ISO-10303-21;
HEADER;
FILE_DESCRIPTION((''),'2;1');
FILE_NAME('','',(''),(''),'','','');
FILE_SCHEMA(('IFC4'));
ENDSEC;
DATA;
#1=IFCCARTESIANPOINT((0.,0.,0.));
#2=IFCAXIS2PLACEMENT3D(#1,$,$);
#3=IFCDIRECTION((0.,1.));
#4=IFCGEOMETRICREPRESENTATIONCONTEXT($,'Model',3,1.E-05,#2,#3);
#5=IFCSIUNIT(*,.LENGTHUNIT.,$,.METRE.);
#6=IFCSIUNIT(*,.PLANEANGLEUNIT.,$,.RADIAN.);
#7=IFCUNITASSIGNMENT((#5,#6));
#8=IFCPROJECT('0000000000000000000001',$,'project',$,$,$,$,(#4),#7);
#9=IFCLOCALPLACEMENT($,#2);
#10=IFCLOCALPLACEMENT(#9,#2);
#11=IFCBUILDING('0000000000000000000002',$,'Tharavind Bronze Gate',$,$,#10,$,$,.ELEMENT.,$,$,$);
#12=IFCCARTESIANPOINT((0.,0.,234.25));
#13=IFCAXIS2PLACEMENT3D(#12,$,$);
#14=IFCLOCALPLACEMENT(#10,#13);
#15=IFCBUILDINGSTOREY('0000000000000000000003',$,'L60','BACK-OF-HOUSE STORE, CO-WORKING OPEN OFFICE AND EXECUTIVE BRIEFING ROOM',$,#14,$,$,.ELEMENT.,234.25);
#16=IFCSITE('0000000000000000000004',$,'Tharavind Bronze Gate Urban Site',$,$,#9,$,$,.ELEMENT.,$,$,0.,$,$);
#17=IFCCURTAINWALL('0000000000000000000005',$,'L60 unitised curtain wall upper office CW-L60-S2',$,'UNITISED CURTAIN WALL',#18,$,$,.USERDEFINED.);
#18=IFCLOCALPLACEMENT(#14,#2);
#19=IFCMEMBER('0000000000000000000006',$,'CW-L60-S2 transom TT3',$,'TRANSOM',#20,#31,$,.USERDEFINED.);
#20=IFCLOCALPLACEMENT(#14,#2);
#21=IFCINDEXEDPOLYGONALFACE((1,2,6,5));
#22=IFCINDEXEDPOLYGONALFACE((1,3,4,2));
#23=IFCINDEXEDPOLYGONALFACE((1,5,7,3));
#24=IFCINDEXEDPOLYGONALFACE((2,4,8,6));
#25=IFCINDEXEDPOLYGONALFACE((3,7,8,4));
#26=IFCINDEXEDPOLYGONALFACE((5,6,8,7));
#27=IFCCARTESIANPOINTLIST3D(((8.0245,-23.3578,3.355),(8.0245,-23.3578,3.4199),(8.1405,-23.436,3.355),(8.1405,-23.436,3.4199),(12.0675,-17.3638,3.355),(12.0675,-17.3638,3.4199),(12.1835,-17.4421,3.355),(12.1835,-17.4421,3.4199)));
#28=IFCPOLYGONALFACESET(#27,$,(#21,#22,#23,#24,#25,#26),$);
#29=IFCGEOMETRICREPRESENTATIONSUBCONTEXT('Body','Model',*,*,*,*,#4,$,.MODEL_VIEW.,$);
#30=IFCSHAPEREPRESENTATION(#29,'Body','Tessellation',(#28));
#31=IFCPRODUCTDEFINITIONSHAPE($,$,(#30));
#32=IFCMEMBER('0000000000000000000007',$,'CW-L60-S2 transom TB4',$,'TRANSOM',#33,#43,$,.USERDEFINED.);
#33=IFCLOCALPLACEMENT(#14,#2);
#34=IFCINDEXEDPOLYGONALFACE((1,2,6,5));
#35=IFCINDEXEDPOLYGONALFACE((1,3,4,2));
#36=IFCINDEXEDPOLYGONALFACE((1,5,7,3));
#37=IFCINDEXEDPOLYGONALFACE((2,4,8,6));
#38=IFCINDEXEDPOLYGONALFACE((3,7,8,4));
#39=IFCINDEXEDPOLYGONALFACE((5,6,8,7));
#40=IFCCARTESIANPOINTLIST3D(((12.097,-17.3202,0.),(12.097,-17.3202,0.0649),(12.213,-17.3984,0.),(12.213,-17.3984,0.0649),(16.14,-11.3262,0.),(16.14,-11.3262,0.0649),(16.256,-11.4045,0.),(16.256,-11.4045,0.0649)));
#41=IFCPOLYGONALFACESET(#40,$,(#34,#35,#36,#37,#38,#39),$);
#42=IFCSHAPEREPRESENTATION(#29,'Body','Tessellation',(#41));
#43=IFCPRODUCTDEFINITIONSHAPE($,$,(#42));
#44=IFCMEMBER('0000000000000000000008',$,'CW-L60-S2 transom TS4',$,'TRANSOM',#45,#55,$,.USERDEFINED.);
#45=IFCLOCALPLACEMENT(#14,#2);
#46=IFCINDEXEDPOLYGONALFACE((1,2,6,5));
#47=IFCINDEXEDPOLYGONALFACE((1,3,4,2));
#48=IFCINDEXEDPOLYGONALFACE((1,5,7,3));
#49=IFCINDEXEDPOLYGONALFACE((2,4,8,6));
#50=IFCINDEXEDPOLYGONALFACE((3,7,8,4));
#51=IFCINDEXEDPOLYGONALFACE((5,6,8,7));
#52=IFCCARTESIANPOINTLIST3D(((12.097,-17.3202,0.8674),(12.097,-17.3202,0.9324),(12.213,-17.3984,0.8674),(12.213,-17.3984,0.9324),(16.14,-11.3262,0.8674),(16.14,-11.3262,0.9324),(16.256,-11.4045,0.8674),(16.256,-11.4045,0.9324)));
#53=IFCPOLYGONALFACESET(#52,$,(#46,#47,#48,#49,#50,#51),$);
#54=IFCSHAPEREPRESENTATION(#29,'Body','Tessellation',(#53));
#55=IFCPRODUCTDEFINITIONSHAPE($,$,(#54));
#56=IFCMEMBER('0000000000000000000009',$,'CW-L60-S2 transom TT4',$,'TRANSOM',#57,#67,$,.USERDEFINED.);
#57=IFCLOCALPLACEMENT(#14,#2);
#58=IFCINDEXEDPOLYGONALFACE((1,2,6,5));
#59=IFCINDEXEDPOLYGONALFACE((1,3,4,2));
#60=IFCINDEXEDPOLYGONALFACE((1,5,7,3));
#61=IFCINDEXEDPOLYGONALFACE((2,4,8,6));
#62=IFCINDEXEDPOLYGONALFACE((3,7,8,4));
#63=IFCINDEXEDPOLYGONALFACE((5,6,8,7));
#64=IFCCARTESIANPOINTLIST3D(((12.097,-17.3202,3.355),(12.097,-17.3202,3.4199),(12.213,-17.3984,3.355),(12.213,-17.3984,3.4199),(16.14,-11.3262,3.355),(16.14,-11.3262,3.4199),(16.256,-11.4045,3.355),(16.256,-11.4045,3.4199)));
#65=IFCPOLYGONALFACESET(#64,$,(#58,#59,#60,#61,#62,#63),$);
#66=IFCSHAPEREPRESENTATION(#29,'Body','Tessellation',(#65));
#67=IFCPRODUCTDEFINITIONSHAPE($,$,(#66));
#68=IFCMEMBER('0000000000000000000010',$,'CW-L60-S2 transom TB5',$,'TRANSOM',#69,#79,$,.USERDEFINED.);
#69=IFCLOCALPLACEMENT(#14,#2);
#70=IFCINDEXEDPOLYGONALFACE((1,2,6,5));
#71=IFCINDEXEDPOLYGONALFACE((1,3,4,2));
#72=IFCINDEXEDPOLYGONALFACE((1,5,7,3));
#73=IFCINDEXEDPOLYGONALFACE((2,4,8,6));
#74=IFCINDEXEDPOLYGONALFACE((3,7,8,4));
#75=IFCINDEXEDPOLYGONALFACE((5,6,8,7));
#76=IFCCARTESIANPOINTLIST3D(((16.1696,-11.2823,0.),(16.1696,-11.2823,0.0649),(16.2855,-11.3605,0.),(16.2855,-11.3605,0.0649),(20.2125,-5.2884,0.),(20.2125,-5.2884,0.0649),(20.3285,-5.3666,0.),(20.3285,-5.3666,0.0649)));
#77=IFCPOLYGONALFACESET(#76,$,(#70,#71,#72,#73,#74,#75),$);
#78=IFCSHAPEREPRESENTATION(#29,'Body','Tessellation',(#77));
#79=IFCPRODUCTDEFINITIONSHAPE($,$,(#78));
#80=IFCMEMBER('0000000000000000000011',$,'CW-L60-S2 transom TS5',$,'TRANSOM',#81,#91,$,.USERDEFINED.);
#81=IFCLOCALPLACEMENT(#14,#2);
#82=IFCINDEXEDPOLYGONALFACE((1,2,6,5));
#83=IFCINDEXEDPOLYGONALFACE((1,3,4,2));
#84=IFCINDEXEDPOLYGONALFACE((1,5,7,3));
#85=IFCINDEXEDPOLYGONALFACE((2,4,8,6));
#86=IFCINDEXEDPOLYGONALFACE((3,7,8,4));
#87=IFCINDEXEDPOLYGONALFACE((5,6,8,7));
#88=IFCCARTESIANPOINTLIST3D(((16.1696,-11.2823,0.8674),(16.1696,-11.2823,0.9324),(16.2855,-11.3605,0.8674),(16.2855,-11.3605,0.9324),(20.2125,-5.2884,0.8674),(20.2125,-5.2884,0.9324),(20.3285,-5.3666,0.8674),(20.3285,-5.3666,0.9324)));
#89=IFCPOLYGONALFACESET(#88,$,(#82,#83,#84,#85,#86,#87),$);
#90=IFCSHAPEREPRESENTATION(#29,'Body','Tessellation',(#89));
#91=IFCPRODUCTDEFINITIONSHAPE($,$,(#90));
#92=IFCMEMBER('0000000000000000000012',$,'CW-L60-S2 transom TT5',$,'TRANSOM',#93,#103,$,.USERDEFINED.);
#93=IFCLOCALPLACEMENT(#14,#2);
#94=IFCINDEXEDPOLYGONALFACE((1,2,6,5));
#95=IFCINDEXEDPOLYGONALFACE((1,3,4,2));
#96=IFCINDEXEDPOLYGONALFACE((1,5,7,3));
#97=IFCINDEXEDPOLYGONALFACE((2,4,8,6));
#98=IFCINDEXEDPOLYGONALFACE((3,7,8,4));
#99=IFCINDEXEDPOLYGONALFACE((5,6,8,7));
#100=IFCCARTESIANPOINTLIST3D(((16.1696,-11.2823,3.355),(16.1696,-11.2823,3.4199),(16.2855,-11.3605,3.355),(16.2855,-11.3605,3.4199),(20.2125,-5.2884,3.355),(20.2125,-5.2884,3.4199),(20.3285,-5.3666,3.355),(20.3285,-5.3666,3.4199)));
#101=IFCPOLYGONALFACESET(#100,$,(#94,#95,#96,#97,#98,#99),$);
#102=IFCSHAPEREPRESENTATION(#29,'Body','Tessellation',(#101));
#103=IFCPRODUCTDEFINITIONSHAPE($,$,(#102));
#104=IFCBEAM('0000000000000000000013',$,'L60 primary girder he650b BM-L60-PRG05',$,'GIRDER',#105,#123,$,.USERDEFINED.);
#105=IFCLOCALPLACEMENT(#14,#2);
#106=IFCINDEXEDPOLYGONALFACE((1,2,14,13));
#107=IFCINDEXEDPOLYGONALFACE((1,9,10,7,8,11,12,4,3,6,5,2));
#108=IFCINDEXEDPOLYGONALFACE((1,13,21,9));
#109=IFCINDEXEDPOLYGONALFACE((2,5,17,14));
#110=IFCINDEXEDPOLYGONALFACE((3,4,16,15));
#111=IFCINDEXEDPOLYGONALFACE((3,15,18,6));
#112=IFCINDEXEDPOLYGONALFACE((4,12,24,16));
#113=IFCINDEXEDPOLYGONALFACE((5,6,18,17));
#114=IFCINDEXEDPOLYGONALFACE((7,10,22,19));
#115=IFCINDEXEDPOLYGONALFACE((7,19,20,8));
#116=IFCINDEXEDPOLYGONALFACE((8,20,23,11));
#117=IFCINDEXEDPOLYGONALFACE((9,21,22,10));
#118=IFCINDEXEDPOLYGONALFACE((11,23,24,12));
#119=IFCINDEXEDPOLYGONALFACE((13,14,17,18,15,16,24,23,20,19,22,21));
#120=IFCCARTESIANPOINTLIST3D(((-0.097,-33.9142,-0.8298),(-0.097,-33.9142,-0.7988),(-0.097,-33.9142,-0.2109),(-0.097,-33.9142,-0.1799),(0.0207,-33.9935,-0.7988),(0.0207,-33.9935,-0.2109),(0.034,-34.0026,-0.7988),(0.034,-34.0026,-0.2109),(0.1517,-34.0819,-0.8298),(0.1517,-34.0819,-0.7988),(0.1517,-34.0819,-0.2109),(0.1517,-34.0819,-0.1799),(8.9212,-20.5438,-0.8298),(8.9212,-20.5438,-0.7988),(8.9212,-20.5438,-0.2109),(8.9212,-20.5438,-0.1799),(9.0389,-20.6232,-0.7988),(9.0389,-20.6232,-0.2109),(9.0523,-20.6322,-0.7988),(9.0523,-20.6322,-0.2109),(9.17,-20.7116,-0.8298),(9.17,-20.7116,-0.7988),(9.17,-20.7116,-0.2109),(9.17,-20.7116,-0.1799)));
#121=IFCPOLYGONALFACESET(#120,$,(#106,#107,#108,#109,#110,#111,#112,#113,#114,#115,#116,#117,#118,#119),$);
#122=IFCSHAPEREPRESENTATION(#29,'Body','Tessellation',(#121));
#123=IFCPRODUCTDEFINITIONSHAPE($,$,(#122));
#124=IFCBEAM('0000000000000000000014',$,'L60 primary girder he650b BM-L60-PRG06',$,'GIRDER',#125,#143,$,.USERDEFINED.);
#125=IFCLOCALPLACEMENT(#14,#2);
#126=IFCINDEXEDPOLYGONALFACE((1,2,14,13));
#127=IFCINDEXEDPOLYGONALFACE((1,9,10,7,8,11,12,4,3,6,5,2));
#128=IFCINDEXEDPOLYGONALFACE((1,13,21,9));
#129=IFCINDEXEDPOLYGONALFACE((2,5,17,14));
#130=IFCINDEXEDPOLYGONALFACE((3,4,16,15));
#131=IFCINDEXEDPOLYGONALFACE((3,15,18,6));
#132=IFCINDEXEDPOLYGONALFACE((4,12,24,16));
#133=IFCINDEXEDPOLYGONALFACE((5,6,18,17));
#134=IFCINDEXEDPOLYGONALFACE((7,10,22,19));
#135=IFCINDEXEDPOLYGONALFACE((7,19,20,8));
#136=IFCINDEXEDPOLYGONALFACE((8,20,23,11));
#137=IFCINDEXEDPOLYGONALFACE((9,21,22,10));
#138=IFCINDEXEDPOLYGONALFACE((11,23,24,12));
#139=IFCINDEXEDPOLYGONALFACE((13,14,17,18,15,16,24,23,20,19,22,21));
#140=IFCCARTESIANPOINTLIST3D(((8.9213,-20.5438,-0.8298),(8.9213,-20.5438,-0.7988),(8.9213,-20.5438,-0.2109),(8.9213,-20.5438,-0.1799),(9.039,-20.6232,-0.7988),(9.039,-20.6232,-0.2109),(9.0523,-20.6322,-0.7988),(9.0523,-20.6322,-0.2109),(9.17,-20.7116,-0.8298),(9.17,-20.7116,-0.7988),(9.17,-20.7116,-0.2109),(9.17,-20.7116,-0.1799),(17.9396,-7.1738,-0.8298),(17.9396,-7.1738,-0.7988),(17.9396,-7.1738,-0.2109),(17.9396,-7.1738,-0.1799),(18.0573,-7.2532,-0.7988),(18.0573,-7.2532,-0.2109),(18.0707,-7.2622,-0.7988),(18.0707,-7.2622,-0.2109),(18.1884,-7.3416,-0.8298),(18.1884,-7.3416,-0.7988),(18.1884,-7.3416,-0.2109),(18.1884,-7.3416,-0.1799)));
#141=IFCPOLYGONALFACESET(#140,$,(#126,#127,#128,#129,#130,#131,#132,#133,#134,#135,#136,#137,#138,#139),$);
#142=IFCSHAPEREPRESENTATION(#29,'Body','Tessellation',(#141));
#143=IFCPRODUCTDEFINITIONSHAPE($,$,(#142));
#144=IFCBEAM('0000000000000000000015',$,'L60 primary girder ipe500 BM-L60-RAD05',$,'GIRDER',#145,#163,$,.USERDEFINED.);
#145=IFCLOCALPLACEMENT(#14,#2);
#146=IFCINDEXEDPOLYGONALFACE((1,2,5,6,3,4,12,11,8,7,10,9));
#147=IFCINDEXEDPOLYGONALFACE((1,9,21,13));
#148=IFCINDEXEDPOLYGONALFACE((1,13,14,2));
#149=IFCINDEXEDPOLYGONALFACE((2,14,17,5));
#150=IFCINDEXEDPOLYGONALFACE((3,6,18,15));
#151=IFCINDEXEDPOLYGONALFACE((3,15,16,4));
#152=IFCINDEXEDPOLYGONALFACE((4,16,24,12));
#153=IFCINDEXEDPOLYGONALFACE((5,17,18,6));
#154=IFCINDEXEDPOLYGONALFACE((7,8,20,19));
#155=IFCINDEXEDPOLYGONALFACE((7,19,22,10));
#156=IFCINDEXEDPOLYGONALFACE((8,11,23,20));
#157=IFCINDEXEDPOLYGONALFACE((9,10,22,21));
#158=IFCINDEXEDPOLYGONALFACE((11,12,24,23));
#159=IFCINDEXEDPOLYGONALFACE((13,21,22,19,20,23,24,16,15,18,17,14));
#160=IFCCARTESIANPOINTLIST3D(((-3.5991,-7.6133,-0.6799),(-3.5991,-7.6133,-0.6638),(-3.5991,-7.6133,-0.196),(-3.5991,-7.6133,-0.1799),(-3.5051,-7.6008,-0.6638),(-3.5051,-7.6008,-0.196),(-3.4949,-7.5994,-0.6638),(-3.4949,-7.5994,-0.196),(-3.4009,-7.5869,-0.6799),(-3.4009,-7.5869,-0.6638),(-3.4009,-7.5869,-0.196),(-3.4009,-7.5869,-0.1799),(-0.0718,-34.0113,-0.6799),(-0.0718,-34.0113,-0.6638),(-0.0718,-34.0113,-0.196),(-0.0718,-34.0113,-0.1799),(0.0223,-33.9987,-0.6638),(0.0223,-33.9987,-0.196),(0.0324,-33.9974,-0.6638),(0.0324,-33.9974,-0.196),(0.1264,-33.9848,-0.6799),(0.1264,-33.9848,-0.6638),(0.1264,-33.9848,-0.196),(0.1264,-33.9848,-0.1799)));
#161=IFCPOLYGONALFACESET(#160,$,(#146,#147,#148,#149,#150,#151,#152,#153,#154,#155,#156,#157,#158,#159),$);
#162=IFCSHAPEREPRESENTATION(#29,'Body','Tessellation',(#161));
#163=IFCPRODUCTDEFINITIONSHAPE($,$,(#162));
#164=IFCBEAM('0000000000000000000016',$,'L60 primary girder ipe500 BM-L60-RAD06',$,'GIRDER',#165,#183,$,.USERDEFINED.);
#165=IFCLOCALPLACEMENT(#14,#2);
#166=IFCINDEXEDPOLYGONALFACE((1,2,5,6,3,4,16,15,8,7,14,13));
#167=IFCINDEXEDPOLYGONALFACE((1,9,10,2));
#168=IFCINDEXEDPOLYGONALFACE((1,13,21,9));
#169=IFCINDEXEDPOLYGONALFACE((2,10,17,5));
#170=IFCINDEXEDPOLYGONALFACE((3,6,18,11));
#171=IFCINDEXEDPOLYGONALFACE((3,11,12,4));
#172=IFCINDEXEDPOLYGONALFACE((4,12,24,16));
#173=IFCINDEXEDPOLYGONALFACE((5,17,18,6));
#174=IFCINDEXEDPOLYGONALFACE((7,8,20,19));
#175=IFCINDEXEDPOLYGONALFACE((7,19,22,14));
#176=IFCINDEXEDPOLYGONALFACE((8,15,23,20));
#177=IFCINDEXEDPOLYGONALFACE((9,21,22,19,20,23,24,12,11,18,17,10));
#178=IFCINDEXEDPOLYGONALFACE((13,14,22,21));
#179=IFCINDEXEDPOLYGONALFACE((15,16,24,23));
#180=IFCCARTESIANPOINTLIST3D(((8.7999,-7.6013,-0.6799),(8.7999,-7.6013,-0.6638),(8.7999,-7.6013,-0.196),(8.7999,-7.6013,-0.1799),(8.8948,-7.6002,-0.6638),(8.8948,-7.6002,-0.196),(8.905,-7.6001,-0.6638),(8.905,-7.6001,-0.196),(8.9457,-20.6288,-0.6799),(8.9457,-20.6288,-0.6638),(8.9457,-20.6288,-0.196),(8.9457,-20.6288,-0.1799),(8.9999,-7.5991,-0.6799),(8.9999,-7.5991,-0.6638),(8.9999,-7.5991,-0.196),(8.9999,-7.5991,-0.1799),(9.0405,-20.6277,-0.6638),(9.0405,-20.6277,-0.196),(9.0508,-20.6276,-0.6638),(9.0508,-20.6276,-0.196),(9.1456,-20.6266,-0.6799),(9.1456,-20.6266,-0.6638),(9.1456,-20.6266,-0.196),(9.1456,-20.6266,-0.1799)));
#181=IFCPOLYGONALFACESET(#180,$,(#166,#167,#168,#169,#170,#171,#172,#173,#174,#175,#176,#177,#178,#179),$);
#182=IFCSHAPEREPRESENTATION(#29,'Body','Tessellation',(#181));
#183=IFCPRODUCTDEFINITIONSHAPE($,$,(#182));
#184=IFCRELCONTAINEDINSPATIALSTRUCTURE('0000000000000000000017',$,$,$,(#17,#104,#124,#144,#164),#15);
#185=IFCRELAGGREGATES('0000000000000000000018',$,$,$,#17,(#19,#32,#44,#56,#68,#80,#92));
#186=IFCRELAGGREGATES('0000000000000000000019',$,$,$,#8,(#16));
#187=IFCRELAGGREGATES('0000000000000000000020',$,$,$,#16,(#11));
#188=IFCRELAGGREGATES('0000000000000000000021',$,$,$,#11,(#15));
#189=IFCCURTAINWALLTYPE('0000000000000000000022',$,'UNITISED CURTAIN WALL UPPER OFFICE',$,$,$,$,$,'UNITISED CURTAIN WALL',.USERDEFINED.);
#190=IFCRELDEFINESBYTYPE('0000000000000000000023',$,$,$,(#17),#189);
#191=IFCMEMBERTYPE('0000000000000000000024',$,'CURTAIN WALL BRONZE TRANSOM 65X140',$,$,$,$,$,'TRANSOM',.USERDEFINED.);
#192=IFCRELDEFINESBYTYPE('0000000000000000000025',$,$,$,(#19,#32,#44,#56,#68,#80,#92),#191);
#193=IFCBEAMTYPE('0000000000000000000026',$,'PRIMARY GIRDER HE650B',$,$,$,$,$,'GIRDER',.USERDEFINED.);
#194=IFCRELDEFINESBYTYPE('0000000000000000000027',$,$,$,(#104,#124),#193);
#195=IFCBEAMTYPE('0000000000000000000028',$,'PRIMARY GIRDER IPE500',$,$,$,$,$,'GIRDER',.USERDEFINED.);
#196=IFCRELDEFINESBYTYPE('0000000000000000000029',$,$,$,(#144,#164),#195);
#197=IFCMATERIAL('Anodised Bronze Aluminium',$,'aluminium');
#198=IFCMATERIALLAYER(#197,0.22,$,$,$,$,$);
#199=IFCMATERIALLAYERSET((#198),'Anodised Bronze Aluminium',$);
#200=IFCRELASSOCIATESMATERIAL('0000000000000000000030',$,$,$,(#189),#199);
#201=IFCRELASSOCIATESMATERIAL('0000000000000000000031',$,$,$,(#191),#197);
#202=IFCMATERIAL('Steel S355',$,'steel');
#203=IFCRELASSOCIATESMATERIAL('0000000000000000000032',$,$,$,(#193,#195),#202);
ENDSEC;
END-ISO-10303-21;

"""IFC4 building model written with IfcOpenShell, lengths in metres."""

from ifc_helpers import new_model, si_unit, direction, frame, origin, origin_2d, place, context, subcontext, project, spatial, rectangle, i_section, extrude, material, layer, layer_set, material_profile, profile_set, type_object, element, aggregate, save


model = new_model("IFC4")

# Units and contexts
model_context = context("Model", 3, precision=1e-05, world=origin(), true_north=direction((0.0, 1.0)))
body_context = subcontext(model_context, "Body", "Model", "MODEL_VIEW")
ifc_project = project(units=[si_unit("LENGTHUNIT", "METRE"), si_unit("PLANEANGLEUNIT", "RADIAN")], contexts=[model_context])

# Site, building, storey
site_placement = place(None, origin())
site = spatial("IfcSite", under=ifc_project, at=site_placement, Name="Tharavind Bronze Gate Urban Site", CompositionType="ELEMENT", RefElevation=0.0)
building_placement = place(site_placement, origin())
building = spatial("IfcBuilding", under=site, at=building_placement, Name="Tharavind Bronze Gate", CompositionType="ELEMENT")
storey_placement = place(building_placement, frame((0.0, 0.0, 234.25)))
storey = spatial("IfcBuildingStorey", under=building, at=storey_placement, Name="L60", Description="BACK-OF-HOUSE STORE, CO-WORKING OPEN OFFICE AND EXECUTIVE BRIEFING ROOM", CompositionType="ELEMENT", Elevation=234.25)

# Curtain wall, members
ifc_material_1 = material(Name="Anodised Bronze Aluminium", Category="aluminium")
ifc_layer_1 = layer(ifc_material_1, 0.22)
ifc_layer_set_1 = layer_set([ifc_layer_1], Name="Anodised Bronze Aluminium")
curtain_wall_type = type_object("IfcCurtainWallType", Name="UNITISED CURTAIN WALL UPPER OFFICE", ElementType="UNITISED CURTAIN WALL", PredefinedType="USERDEFINED", material=ifc_layer_set_1)
curtain_wall_placement = place(storey_placement, origin())
curtain_wall = element("IfcCurtainWall", 1, at=curtain_wall_placement, inside=storey, type_object=curtain_wall_type, Name="L60 unitised curtain wall upper office CW-L60-S2", ObjectType="UNITISED CURTAIN WALL", PredefinedType="USERDEFINED")
member_type_1 = type_object("IfcMemberType", Name="CURTAIN WALL BRONZE TRANSOM 65X140", ElementType="TRANSOM", PredefinedType="USERDEFINED", material=ifc_material_1)
member_1_placement = place(storey_placement, frame((10.104, -20.3999, 3.355), z_axis=(0.0, 0.0, 1.0), x_axis=(0.559193, 0.829038, 0.0)))
member_1 = element("IfcMember", 2, at=member_1_placement, type_object=member_type_1, Name="CW-L60-S2 transom TT3", ObjectType="TRANSOM", PredefinedType="USERDEFINED", context=body_context, shape_type="SweptSolid", body=[
    extrude(rectangle(XDim=7.23, YDim=0.1399, at=origin_2d()), origin(), (0.0, 0.0, 1.0), 0.0649),
])
member_2_placement = place(storey_placement, frame((14.1765, -14.3623, 0.0), z_axis=(0.0, 0.0, 1.0), x_axis=(0.559193, 0.829038, 0.0)))
member_2 = element("IfcMember", 3, at=member_2_placement, type_object=member_type_1, Name="CW-L60-S2 transom TB4", ObjectType="TRANSOM", PredefinedType="USERDEFINED", context=body_context, shape_type="SweptSolid", body=[
    extrude(rectangle(XDim=7.23, YDim=0.1399, at=origin_2d()), origin(), (0.0, 0.0, 1.0), 0.0649),
])
member_3_placement = place(storey_placement, frame((14.1765, -14.3623, 0.8674), z_axis=(0.0, 0.0, 1.0), x_axis=(0.559193, 0.829038, 0.0)))
member_3 = element("IfcMember", 4, at=member_3_placement, type_object=member_type_1, Name="CW-L60-S2 transom TS4", ObjectType="TRANSOM", PredefinedType="USERDEFINED", context=body_context, shape_type="SweptSolid", body=[
    extrude(rectangle(XDim=7.23, YDim=0.1399, at=origin_2d()), origin(), (0.0, 0.0, 1.0), 0.0649),
])
member_4_placement = place(storey_placement, frame((14.1765, -14.3623, 3.355), z_axis=(0.0, 0.0, 1.0), x_axis=(0.559193, 0.829038, 0.0)))
member_4 = element("IfcMember", 5, at=member_4_placement, type_object=member_type_1, Name="CW-L60-S2 transom TT4", ObjectType="TRANSOM", PredefinedType="USERDEFINED", context=body_context, shape_type="SweptSolid", body=[
    extrude(rectangle(XDim=7.23, YDim=0.1399, at=origin_2d()), origin(), (0.0, 0.0, 1.0), 0.0649),
])
member_5_placement = place(storey_placement, frame((18.249, -8.3245, 0.0), z_axis=(0.0, 0.0, 1.0), x_axis=(0.559193, 0.829038, 0.0)))
member_5 = element("IfcMember", 6, at=member_5_placement, type_object=member_type_1, Name="CW-L60-S2 transom TB5", ObjectType="TRANSOM", PredefinedType="USERDEFINED", context=body_context, shape_type="SweptSolid", body=[
    extrude(rectangle(XDim=7.23, YDim=0.1399, at=origin_2d()), origin(), (0.0, 0.0, 1.0), 0.0649),
])
member_6_placement = place(storey_placement, frame((18.249, -8.3245, 0.8674), z_axis=(0.0, 0.0, 1.0), x_axis=(0.559193, 0.829038, 0.0)))
member_6 = element("IfcMember", 7, at=member_6_placement, type_object=member_type_1, Name="CW-L60-S2 transom TS5", ObjectType="TRANSOM", PredefinedType="USERDEFINED", context=body_context, shape_type="SweptSolid", body=[
    extrude(rectangle(XDim=7.23, YDim=0.1399, at=origin_2d()), origin(), (0.0, 0.0, 1.0), 0.0649),
])
member_7_placement = place(storey_placement, frame((18.249, -8.3245, 3.355), z_axis=(0.0, 0.0, 1.0), x_axis=(0.559193, 0.829038, 0.0)))
member_7 = element("IfcMember", 8, at=member_7_placement, type_object=member_type_1, Name="CW-L60-S2 transom TT5", ObjectType="TRANSOM", PredefinedType="USERDEFINED", context=body_context, shape_type="SweptSolid", body=[
    extrude(rectangle(XDim=7.23, YDim=0.1399, at=origin_2d()), origin(), (0.0, 0.0, 1.0), 0.0649),
])

# Beams
ifc_material_2 = material(Name="Steel S355", Category="steel")
ifc_material_profile_1 = material_profile(ifc_material_2, i_section(OverallWidth=0.3, OverallDepth=0.6499, WebThickness=0.0161, FlangeThickness=0.031, at=origin_2d()), Name="HE650B")
ifc_profile_set_1 = profile_set([ifc_material_profile_1], Name="Steel S355")
beam_type_1 = type_object("IfcBeamType", Name="PRIMARY GIRDER HE650B", ElementType="GIRDER", PredefinedType="USERDEFINED", material=ifc_profile_set_1)
beam_1_placement = place(storey_placement, frame((0.0273, -33.998, -0.5049), z_axis=(0.559188, 0.829041, 0.0), x_axis=(-0.829041, 0.559188, 0.0)))
element("IfcBeam", 9, at=beam_1_placement, inside=storey, type_object=beam_type_1, Name="L60 primary girder he650b BM-L60-PRG05", ObjectType="GIRDER", PredefinedType="USERDEFINED", context=body_context, shape_type="SweptSolid", body=[
    extrude(i_section(OverallWidth=0.3, OverallDepth=0.6499, WebThickness=0.0161, FlangeThickness=0.031, at=origin_2d()), origin(), (0.0, 0.0, 1.0), 16.1274),
])
beam_2_placement = place(storey_placement, frame((9.0457, -20.6277, -0.5049), z_axis=(0.559202, 0.829031, 0.0), x_axis=(-0.829031, 0.559202, 0.0)))
element("IfcBeam", 10, at=beam_2_placement, inside=storey, type_object=beam_type_1, Name="L60 primary girder he650b BM-L60-PRG06", ObjectType="GIRDER", PredefinedType="USERDEFINED", context=body_context, shape_type="SweptSolid", body=[
    extrude(i_section(OverallWidth=0.3, OverallDepth=0.6499, WebThickness=0.0161, FlangeThickness=0.031, at=origin_2d()), origin(), (0.0, 0.0, 1.0), 16.1272),
])
ifc_material_profile_2 = material_profile(ifc_material_2, i_section(OverallWidth=0.2, OverallDepth=0.5, WebThickness=0.0103, FlangeThickness=0.0161, at=origin_2d()), Name="IPE500")
ifc_profile_set_2 = profile_set([ifc_material_profile_2], Name="Steel S355")
beam_type_2 = type_object("IfcBeamType", Name="PRIMARY GIRDER IPE500", ElementType="GIRDER", PredefinedType="USERDEFINED", material=ifc_profile_set_2)
beam_3_placement = place(storey_placement, frame((0.0273, -33.998, -0.4299), z_axis=(-0.132445, 0.99119, 0.0), x_axis=(-0.99119, -0.132445, 0.0)))
element("IfcBeam", 11, at=beam_3_placement, inside=storey, type_object=beam_type_2, Name="L60 primary girder ipe500 BM-L60-RAD05", ObjectType="GIRDER", PredefinedType="USERDEFINED", context=body_context, shape_type="SweptSolid", body=[
    extrude(i_section(OverallWidth=0.2, OverallDepth=0.5, WebThickness=0.0103, FlangeThickness=0.0161, at=origin_2d()), origin(), (0.0, 0.0, 1.0), 26.6326),
])
beam_4_placement = place(storey_placement, frame((9.0457, -20.6277, -0.4299), z_axis=(-0.011187, 0.999937, 0.0), x_axis=(-0.999937, -0.011187, 0.0)))
element("IfcBeam", 12, at=beam_4_placement, inside=storey, type_object=beam_type_2, Name="L60 primary girder ipe500 BM-L60-RAD06", ObjectType="GIRDER", PredefinedType="USERDEFINED", context=body_context, shape_type="SweptSolid", body=[
    extrude(i_section(OverallWidth=0.2, OverallDepth=0.5, WebThickness=0.0103, FlangeThickness=0.0161, at=origin_2d()), origin(), (0.0, 0.0, 1.0), 13.0283),
])

aggregate(curtain_wall, [member_1, member_2, member_3, member_4, member_5, member_6, member_7])

save(model, "model.ifc")
